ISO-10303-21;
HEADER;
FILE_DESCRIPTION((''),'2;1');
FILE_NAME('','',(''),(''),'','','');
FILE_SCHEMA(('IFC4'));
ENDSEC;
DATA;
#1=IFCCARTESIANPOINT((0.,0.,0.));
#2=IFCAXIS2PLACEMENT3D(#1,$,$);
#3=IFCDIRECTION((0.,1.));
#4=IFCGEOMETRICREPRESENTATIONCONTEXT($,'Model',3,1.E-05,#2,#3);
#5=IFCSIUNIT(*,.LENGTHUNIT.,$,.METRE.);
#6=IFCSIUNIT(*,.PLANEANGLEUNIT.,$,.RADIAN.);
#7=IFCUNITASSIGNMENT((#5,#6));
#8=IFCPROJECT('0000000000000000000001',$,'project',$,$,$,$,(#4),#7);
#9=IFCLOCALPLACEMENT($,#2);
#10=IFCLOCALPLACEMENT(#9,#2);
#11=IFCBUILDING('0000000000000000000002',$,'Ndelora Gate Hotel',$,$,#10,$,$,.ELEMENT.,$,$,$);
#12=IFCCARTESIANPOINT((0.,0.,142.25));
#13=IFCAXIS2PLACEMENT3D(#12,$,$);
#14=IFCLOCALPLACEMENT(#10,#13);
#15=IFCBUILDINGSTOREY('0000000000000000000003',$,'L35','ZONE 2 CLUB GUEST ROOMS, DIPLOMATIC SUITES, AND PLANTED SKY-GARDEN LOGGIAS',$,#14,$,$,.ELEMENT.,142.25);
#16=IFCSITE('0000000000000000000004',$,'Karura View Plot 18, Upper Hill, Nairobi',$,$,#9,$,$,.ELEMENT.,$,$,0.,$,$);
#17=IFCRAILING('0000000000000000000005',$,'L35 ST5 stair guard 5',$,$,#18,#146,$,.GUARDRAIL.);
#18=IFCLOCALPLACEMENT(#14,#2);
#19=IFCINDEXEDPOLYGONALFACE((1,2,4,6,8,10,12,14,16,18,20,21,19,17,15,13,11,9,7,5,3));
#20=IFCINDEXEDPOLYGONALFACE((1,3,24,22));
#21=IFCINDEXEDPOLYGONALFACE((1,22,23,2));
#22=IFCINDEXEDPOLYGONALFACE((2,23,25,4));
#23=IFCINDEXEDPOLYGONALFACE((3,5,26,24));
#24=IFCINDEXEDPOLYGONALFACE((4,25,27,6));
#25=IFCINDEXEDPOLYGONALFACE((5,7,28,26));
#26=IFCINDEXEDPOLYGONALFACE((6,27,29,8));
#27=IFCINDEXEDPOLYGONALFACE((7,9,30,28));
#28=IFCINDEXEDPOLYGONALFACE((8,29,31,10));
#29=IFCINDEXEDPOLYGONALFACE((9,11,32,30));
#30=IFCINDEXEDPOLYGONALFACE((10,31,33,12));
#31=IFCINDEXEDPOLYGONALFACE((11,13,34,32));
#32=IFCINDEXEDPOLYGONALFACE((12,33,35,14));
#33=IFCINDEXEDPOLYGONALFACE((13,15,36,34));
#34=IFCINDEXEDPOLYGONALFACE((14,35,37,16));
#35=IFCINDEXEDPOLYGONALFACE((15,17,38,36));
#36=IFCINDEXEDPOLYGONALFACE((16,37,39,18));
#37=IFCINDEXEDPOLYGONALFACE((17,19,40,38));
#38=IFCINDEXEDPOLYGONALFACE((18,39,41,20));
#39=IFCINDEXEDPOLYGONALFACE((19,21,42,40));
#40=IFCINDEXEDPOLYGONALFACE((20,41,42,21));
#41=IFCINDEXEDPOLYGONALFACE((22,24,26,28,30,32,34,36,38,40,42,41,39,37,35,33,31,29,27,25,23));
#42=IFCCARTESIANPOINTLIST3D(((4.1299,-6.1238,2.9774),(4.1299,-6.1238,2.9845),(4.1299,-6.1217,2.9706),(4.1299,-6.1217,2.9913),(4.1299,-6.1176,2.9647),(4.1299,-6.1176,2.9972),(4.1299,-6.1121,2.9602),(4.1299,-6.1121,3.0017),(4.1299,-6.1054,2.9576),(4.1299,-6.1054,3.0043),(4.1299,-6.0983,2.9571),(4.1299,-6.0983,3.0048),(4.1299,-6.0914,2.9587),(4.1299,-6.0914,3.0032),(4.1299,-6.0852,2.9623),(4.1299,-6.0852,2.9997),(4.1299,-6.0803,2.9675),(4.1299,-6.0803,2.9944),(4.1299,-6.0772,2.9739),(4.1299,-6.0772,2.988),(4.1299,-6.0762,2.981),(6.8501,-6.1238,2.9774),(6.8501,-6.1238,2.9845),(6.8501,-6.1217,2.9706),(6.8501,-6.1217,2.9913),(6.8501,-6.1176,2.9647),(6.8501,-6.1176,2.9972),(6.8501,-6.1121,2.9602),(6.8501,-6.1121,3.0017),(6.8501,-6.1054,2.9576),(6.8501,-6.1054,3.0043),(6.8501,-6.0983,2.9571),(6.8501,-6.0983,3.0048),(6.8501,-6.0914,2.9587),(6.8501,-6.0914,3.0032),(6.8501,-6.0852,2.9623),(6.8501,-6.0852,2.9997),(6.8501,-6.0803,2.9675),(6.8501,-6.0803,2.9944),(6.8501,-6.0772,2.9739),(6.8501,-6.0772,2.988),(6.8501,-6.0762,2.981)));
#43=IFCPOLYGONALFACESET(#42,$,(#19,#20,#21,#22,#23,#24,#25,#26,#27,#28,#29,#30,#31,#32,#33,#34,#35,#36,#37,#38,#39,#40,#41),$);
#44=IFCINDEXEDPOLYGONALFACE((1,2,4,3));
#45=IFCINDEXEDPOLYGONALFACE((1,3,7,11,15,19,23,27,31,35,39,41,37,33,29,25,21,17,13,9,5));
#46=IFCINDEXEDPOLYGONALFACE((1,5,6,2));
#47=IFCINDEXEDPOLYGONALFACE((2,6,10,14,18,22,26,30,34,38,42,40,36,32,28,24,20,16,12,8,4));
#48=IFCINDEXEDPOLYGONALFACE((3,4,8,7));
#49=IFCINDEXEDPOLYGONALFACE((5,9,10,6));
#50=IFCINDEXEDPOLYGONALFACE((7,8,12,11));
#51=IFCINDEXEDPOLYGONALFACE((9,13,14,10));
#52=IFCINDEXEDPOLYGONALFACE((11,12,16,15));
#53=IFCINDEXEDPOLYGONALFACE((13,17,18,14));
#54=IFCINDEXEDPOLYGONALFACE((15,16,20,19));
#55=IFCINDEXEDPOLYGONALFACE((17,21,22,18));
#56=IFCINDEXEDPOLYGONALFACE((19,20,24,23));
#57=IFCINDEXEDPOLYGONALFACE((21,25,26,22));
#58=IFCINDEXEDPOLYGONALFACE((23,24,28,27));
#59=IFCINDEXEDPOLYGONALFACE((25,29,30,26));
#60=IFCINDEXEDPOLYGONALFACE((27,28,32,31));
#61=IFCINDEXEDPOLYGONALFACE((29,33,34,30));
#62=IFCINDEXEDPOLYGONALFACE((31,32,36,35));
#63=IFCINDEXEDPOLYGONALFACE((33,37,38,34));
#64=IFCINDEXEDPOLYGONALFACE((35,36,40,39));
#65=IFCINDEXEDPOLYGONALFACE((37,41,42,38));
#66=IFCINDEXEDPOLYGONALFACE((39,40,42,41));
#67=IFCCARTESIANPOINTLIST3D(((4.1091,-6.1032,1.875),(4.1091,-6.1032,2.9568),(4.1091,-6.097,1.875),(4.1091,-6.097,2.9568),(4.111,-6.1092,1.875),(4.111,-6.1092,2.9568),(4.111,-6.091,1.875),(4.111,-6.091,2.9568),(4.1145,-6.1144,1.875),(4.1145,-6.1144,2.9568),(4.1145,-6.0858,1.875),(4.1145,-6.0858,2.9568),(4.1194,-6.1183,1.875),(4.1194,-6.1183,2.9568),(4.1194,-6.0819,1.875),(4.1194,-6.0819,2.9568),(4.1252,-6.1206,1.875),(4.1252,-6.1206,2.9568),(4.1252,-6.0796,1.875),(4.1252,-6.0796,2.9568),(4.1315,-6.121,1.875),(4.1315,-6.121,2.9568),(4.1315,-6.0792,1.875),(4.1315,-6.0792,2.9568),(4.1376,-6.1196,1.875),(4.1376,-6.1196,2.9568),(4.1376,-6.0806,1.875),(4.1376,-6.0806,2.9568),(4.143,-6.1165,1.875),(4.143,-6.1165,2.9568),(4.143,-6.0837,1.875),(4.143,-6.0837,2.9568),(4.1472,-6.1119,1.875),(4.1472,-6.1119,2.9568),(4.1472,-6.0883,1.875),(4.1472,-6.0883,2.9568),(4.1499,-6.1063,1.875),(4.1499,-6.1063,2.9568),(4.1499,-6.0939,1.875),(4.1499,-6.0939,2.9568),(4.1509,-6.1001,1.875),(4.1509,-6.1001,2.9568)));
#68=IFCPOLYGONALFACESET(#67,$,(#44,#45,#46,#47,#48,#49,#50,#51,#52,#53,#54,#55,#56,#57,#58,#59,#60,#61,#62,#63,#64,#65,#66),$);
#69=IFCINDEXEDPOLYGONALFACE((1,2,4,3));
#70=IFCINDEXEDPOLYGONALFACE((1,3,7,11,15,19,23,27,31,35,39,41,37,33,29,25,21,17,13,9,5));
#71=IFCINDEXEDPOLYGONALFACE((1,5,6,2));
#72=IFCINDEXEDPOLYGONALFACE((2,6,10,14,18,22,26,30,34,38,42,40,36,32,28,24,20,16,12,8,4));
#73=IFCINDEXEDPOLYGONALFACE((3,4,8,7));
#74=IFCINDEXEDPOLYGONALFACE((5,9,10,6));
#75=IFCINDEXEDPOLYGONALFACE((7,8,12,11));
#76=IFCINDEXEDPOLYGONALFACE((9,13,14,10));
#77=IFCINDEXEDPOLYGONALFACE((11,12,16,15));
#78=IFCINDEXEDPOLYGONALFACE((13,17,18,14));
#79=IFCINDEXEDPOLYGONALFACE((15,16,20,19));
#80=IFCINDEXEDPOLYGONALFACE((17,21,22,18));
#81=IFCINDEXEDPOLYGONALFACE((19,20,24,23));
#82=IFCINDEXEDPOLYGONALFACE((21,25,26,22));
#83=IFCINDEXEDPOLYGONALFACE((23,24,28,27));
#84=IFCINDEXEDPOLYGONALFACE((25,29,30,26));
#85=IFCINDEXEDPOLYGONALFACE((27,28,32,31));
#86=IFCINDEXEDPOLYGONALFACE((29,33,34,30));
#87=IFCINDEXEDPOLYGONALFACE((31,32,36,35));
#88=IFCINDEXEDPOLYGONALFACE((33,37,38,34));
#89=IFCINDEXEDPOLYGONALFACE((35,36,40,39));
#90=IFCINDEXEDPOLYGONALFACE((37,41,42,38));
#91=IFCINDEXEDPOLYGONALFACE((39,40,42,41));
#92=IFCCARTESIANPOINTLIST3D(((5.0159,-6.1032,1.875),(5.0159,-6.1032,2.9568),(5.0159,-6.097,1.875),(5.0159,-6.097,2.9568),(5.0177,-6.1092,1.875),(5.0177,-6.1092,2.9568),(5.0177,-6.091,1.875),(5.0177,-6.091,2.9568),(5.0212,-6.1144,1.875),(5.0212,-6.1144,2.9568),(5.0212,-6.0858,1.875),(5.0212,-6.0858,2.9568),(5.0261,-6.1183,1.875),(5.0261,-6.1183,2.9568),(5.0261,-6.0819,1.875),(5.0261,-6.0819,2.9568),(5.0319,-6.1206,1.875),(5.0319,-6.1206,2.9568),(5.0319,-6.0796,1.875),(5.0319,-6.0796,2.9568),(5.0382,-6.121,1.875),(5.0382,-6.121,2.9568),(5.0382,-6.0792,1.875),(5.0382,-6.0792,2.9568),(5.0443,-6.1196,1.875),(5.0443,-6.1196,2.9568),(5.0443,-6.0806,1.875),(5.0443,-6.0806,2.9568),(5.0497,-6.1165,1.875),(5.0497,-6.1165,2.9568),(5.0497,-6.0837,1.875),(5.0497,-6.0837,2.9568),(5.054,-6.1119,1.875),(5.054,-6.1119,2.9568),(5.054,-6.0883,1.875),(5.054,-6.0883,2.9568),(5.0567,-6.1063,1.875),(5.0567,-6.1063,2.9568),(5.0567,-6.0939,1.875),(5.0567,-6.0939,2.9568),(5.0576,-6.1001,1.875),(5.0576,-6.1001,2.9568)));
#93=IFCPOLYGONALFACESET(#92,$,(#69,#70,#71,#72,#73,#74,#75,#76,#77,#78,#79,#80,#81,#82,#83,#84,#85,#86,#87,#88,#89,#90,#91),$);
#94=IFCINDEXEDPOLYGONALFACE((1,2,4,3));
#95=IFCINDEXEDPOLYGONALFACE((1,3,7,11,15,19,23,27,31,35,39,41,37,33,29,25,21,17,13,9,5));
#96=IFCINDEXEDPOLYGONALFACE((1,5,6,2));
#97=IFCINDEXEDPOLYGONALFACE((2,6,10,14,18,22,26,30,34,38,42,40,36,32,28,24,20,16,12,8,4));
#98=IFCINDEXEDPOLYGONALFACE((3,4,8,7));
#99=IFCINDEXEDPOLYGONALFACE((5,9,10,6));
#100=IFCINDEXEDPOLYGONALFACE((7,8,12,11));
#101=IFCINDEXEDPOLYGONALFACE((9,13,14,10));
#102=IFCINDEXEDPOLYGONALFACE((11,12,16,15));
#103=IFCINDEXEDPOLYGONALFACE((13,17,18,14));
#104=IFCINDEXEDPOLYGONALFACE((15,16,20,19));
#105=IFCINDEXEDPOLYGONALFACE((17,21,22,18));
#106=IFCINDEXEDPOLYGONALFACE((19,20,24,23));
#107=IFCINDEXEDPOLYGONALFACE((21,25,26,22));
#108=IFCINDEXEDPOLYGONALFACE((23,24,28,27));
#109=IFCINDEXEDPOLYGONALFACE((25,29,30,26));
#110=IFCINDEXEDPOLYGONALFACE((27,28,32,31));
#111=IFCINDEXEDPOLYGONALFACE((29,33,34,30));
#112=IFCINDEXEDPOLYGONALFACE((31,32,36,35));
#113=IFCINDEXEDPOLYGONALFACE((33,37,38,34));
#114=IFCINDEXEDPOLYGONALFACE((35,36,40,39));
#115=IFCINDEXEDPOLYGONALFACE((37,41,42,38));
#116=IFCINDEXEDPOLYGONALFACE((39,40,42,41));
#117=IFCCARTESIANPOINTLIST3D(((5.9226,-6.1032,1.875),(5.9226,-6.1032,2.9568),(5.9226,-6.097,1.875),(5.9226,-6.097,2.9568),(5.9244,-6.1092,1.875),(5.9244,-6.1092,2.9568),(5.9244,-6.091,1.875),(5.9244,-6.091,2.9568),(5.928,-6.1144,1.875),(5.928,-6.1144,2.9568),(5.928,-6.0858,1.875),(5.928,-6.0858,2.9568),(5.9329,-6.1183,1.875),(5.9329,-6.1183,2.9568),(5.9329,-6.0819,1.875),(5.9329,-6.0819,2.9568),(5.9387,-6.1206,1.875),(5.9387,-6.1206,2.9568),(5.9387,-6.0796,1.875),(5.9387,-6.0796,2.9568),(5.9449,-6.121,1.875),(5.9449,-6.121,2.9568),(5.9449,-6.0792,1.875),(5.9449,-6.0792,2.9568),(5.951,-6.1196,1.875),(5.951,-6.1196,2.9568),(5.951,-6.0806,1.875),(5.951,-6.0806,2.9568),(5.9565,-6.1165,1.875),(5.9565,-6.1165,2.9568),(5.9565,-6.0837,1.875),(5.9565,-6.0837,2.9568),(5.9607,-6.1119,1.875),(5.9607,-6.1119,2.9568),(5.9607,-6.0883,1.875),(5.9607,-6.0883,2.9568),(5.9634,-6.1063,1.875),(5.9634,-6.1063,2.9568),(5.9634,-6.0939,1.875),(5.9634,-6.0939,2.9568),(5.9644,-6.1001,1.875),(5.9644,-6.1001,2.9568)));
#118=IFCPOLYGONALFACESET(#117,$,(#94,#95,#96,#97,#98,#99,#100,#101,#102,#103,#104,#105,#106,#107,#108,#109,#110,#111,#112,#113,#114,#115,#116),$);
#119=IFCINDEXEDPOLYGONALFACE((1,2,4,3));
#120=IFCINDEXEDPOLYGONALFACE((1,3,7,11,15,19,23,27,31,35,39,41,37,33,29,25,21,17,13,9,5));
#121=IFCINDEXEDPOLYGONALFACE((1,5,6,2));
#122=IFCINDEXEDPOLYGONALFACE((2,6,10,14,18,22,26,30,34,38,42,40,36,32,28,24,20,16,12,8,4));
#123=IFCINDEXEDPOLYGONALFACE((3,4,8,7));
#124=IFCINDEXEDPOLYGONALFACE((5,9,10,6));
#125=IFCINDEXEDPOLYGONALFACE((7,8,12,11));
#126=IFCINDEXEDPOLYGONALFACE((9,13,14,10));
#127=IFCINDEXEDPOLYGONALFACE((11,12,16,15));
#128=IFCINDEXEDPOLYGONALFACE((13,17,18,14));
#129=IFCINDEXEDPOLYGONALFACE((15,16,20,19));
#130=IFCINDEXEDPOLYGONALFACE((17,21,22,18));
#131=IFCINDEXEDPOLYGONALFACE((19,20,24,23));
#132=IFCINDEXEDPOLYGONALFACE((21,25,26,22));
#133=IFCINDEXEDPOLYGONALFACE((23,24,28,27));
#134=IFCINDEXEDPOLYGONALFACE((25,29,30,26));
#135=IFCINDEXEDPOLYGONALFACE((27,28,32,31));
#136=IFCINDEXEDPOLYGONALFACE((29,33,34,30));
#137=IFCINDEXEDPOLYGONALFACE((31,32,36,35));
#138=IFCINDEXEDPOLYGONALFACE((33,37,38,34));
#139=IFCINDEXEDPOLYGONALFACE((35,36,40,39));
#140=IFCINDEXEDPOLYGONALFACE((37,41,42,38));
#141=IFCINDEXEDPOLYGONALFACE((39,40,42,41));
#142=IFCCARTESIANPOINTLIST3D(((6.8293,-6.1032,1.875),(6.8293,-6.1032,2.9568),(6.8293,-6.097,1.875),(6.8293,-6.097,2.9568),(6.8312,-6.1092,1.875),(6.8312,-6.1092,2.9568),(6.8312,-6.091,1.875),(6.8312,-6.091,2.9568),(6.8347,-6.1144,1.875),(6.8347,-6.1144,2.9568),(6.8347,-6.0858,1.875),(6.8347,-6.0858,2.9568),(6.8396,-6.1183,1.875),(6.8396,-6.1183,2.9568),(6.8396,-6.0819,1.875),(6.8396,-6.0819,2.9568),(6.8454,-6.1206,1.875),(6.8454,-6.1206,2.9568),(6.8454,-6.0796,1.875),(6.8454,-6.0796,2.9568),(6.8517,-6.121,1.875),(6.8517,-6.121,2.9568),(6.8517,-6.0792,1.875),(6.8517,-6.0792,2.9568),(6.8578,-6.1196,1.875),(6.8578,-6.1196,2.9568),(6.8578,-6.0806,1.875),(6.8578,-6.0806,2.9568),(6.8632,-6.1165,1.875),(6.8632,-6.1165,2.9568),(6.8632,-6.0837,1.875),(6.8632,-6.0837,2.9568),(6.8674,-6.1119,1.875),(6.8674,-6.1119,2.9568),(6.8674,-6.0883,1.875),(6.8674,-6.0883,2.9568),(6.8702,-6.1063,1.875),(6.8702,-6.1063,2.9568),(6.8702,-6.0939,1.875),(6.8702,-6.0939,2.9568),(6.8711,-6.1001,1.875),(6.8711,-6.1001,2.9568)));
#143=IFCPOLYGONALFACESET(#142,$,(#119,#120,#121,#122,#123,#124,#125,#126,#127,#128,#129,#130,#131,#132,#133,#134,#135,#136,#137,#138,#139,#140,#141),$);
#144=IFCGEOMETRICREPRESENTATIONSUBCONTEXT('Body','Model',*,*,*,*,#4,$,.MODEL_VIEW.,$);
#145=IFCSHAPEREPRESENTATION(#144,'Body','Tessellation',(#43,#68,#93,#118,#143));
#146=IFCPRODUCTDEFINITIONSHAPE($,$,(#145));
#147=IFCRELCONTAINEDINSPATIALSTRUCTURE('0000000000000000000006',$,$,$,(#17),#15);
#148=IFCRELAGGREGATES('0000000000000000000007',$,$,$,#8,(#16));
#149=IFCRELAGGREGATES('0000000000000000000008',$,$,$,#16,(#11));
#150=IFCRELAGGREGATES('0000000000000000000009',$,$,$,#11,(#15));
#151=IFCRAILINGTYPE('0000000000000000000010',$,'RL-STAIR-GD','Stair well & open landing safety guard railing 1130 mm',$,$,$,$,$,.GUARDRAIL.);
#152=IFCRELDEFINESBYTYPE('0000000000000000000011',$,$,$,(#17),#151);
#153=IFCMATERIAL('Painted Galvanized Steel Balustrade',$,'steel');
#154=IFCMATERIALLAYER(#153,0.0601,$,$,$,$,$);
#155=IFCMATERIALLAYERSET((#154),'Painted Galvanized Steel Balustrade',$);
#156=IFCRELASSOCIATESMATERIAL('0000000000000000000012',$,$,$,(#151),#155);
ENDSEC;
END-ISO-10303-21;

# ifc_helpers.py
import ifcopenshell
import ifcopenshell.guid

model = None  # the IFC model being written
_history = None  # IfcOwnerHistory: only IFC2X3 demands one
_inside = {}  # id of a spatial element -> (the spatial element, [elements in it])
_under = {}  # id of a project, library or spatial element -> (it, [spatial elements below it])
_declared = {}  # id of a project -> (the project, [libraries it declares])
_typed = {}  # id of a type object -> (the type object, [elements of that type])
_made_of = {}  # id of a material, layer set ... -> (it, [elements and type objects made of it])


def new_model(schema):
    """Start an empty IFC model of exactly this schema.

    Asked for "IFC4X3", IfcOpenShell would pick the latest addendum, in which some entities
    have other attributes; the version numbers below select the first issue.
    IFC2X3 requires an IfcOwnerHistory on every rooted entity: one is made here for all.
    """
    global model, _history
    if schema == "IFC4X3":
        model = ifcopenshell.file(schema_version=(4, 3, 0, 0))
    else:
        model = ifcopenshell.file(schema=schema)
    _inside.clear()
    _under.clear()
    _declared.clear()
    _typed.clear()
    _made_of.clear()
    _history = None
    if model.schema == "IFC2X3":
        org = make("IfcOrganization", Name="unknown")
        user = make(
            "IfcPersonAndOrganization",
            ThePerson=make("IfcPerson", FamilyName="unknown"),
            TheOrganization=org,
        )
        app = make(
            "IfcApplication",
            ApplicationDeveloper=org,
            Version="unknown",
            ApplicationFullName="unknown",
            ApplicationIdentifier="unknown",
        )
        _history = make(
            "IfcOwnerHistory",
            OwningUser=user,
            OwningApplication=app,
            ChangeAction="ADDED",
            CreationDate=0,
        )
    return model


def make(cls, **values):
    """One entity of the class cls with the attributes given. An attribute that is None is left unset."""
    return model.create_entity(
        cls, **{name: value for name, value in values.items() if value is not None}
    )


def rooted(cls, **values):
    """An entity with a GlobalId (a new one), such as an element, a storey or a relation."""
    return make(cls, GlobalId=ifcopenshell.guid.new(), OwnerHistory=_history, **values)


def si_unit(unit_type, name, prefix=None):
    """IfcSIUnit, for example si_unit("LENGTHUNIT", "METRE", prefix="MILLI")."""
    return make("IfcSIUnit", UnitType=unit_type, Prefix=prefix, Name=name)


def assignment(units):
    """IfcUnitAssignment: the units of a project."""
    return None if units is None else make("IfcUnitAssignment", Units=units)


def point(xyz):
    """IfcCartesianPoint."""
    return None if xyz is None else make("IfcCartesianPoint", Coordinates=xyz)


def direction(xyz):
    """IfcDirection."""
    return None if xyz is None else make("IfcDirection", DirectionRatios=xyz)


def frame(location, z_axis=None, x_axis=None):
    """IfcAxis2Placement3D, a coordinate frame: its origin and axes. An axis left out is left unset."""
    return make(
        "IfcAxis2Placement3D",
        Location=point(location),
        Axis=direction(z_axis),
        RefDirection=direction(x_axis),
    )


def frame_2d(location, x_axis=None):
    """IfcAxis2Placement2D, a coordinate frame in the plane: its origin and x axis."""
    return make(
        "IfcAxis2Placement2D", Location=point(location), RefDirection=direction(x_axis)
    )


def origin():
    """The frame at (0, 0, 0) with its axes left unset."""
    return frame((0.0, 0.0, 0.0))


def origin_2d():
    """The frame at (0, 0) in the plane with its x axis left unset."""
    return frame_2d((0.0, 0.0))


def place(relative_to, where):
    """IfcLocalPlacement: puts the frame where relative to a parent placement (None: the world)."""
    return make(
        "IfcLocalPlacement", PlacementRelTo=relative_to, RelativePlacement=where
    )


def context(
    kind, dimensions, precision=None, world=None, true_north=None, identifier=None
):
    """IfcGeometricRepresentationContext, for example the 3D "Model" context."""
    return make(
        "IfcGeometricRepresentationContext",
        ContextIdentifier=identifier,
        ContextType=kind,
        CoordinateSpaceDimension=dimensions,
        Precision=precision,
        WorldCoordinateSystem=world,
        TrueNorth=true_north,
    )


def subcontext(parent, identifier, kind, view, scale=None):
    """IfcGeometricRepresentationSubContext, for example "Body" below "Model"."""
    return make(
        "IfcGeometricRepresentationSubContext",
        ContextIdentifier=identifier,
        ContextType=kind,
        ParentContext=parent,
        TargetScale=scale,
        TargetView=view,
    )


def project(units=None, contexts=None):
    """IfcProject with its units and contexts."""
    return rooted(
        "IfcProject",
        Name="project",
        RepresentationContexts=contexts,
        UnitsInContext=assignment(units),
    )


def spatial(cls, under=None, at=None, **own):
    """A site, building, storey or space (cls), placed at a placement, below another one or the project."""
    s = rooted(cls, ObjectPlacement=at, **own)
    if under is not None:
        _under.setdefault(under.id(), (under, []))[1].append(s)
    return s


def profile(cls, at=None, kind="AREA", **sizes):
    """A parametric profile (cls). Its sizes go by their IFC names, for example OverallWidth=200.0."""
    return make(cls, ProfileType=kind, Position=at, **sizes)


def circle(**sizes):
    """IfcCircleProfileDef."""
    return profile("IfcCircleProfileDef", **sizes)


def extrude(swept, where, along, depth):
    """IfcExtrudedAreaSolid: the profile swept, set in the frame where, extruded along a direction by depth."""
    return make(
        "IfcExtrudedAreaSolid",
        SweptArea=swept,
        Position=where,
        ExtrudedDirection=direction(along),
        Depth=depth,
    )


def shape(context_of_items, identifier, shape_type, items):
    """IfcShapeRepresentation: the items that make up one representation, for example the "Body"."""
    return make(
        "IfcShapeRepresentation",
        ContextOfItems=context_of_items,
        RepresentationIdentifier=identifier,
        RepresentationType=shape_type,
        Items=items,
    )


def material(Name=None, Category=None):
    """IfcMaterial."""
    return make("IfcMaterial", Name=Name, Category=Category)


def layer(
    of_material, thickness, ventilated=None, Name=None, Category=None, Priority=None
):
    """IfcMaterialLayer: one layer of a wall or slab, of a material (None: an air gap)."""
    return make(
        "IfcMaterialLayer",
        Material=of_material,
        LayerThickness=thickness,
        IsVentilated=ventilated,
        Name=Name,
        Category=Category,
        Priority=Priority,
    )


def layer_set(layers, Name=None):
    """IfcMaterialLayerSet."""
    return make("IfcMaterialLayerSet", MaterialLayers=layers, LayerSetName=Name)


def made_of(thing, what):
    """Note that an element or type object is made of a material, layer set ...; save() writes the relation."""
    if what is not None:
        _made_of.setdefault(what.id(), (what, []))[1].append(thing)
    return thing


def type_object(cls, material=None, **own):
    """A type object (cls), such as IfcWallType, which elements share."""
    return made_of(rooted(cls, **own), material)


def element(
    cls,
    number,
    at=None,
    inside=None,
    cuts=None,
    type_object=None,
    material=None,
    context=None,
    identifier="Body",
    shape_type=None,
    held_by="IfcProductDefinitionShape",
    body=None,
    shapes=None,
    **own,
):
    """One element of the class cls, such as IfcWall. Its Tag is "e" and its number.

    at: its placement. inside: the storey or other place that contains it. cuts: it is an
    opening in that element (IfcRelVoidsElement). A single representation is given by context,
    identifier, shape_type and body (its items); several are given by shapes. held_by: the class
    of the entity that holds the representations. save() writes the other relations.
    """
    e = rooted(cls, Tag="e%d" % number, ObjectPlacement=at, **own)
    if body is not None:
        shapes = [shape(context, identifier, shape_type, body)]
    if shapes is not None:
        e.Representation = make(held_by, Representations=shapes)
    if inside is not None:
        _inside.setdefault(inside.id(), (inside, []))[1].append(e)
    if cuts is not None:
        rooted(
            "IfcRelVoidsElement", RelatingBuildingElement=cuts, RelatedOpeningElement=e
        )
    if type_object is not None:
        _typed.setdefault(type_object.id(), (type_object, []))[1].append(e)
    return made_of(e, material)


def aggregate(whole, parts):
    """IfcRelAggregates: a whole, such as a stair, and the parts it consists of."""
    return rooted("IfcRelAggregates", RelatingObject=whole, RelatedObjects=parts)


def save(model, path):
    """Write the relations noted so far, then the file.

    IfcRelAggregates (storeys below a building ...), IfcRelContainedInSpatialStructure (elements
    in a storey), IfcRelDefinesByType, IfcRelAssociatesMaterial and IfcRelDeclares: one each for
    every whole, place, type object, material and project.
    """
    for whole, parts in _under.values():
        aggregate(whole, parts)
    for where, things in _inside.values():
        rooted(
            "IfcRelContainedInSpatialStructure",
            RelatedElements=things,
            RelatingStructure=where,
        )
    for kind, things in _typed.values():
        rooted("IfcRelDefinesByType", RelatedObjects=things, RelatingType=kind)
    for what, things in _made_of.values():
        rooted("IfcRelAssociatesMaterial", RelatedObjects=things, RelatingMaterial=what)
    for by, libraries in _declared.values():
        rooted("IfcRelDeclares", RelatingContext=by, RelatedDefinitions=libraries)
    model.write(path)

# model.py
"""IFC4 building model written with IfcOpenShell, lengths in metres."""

from ifc_helpers import new_model, si_unit, direction, frame, origin, origin_2d, place, context, subcontext, project, spatial, circle, extrude, material, layer, layer_set, type_object, element, save


model = new_model("IFC4")

# Units and contexts
model_context = context("Model", 3, precision=1e-05, world=origin(), true_north=direction((0.0, 1.0)))
body_context = subcontext(model_context, "Body", "Model", "MODEL_VIEW")
ifc_project = project(units=[si_unit("LENGTHUNIT", "METRE"), si_unit("PLANEANGLEUNIT", "RADIAN")], contexts=[model_context])

# Site, building, storey
site_placement = place(None, origin())
site = spatial("IfcSite", under=ifc_project, at=site_placement, Name="Karura View Plot 18, Upper Hill, Nairobi", CompositionType="ELEMENT", RefElevation=0.0)
building_placement = place(site_placement, origin())
building = spatial("IfcBuilding", under=site, at=building_placement, Name="Ndelora Gate Hotel", CompositionType="ELEMENT")
storey_placement = place(building_placement, frame((0.0, 0.0, 142.25)))
storey = spatial("IfcBuildingStorey", under=building, at=storey_placement, Name="L35", Description="ZONE 2 CLUB GUEST ROOMS, DIPLOMATIC SUITES, AND PLANTED SKY-GARDEN LOGGIAS", CompositionType="ELEMENT", Elevation=142.25)

# Railing
ifc_material_1 = material(Name="Painted Galvanized Steel Balustrade", Category="steel")
ifc_layer_1 = layer(ifc_material_1, 0.0601)
ifc_layer_set_1 = layer_set([ifc_layer_1], Name="Painted Galvanized Steel Balustrade")
railing_type_1 = type_object("IfcRailingType", Name="RL-STAIR-GD", Description="Stair well & open landing safety guard railing 1130 mm", PredefinedType="GUARDRAIL", material=ifc_layer_set_1)
railing_1_placement = place(storey_placement, frame((4.1299, -6.1001, 1.875)))
element("IfcRailing", 1, at=railing_1_placement, inside=storey, type_object=railing_type_1, Name="L35 ST5 stair guard 5", PredefinedType="GUARDRAIL", context=body_context, shape_type="SweptSolid", body=[
    extrude(circle(Radius=0.0239, at=origin_2d()), frame((0.0, 0.0, 1.106), z_axis=(1.0, 0.0, 0.0), x_axis=(0.0, 1.0, 0.0)), (0.0, 0.0, 1.0), 2.7202),
    extrude(circle(Radius=0.021, at=origin_2d()), origin(), (0.0, 0.0, 1.0), 1.0818),
    extrude(circle(Radius=0.021, at=origin_2d()), frame((0.9067, 0.0, 0.0)), (0.0, 0.0, 1.0), 1.0818),
    extrude(circle(Radius=0.021, at=origin_2d()), frame((1.8135, 0.0, 0.0)), (0.0, 0.0, 1.0), 1.0818),
    extrude(circle(Radius=0.021, at=origin_2d()), frame((2.7202, 0.0, 0.0)), (0.0, 0.0, 1.0), 1.0818),
])

save(model, "model.ifc")
